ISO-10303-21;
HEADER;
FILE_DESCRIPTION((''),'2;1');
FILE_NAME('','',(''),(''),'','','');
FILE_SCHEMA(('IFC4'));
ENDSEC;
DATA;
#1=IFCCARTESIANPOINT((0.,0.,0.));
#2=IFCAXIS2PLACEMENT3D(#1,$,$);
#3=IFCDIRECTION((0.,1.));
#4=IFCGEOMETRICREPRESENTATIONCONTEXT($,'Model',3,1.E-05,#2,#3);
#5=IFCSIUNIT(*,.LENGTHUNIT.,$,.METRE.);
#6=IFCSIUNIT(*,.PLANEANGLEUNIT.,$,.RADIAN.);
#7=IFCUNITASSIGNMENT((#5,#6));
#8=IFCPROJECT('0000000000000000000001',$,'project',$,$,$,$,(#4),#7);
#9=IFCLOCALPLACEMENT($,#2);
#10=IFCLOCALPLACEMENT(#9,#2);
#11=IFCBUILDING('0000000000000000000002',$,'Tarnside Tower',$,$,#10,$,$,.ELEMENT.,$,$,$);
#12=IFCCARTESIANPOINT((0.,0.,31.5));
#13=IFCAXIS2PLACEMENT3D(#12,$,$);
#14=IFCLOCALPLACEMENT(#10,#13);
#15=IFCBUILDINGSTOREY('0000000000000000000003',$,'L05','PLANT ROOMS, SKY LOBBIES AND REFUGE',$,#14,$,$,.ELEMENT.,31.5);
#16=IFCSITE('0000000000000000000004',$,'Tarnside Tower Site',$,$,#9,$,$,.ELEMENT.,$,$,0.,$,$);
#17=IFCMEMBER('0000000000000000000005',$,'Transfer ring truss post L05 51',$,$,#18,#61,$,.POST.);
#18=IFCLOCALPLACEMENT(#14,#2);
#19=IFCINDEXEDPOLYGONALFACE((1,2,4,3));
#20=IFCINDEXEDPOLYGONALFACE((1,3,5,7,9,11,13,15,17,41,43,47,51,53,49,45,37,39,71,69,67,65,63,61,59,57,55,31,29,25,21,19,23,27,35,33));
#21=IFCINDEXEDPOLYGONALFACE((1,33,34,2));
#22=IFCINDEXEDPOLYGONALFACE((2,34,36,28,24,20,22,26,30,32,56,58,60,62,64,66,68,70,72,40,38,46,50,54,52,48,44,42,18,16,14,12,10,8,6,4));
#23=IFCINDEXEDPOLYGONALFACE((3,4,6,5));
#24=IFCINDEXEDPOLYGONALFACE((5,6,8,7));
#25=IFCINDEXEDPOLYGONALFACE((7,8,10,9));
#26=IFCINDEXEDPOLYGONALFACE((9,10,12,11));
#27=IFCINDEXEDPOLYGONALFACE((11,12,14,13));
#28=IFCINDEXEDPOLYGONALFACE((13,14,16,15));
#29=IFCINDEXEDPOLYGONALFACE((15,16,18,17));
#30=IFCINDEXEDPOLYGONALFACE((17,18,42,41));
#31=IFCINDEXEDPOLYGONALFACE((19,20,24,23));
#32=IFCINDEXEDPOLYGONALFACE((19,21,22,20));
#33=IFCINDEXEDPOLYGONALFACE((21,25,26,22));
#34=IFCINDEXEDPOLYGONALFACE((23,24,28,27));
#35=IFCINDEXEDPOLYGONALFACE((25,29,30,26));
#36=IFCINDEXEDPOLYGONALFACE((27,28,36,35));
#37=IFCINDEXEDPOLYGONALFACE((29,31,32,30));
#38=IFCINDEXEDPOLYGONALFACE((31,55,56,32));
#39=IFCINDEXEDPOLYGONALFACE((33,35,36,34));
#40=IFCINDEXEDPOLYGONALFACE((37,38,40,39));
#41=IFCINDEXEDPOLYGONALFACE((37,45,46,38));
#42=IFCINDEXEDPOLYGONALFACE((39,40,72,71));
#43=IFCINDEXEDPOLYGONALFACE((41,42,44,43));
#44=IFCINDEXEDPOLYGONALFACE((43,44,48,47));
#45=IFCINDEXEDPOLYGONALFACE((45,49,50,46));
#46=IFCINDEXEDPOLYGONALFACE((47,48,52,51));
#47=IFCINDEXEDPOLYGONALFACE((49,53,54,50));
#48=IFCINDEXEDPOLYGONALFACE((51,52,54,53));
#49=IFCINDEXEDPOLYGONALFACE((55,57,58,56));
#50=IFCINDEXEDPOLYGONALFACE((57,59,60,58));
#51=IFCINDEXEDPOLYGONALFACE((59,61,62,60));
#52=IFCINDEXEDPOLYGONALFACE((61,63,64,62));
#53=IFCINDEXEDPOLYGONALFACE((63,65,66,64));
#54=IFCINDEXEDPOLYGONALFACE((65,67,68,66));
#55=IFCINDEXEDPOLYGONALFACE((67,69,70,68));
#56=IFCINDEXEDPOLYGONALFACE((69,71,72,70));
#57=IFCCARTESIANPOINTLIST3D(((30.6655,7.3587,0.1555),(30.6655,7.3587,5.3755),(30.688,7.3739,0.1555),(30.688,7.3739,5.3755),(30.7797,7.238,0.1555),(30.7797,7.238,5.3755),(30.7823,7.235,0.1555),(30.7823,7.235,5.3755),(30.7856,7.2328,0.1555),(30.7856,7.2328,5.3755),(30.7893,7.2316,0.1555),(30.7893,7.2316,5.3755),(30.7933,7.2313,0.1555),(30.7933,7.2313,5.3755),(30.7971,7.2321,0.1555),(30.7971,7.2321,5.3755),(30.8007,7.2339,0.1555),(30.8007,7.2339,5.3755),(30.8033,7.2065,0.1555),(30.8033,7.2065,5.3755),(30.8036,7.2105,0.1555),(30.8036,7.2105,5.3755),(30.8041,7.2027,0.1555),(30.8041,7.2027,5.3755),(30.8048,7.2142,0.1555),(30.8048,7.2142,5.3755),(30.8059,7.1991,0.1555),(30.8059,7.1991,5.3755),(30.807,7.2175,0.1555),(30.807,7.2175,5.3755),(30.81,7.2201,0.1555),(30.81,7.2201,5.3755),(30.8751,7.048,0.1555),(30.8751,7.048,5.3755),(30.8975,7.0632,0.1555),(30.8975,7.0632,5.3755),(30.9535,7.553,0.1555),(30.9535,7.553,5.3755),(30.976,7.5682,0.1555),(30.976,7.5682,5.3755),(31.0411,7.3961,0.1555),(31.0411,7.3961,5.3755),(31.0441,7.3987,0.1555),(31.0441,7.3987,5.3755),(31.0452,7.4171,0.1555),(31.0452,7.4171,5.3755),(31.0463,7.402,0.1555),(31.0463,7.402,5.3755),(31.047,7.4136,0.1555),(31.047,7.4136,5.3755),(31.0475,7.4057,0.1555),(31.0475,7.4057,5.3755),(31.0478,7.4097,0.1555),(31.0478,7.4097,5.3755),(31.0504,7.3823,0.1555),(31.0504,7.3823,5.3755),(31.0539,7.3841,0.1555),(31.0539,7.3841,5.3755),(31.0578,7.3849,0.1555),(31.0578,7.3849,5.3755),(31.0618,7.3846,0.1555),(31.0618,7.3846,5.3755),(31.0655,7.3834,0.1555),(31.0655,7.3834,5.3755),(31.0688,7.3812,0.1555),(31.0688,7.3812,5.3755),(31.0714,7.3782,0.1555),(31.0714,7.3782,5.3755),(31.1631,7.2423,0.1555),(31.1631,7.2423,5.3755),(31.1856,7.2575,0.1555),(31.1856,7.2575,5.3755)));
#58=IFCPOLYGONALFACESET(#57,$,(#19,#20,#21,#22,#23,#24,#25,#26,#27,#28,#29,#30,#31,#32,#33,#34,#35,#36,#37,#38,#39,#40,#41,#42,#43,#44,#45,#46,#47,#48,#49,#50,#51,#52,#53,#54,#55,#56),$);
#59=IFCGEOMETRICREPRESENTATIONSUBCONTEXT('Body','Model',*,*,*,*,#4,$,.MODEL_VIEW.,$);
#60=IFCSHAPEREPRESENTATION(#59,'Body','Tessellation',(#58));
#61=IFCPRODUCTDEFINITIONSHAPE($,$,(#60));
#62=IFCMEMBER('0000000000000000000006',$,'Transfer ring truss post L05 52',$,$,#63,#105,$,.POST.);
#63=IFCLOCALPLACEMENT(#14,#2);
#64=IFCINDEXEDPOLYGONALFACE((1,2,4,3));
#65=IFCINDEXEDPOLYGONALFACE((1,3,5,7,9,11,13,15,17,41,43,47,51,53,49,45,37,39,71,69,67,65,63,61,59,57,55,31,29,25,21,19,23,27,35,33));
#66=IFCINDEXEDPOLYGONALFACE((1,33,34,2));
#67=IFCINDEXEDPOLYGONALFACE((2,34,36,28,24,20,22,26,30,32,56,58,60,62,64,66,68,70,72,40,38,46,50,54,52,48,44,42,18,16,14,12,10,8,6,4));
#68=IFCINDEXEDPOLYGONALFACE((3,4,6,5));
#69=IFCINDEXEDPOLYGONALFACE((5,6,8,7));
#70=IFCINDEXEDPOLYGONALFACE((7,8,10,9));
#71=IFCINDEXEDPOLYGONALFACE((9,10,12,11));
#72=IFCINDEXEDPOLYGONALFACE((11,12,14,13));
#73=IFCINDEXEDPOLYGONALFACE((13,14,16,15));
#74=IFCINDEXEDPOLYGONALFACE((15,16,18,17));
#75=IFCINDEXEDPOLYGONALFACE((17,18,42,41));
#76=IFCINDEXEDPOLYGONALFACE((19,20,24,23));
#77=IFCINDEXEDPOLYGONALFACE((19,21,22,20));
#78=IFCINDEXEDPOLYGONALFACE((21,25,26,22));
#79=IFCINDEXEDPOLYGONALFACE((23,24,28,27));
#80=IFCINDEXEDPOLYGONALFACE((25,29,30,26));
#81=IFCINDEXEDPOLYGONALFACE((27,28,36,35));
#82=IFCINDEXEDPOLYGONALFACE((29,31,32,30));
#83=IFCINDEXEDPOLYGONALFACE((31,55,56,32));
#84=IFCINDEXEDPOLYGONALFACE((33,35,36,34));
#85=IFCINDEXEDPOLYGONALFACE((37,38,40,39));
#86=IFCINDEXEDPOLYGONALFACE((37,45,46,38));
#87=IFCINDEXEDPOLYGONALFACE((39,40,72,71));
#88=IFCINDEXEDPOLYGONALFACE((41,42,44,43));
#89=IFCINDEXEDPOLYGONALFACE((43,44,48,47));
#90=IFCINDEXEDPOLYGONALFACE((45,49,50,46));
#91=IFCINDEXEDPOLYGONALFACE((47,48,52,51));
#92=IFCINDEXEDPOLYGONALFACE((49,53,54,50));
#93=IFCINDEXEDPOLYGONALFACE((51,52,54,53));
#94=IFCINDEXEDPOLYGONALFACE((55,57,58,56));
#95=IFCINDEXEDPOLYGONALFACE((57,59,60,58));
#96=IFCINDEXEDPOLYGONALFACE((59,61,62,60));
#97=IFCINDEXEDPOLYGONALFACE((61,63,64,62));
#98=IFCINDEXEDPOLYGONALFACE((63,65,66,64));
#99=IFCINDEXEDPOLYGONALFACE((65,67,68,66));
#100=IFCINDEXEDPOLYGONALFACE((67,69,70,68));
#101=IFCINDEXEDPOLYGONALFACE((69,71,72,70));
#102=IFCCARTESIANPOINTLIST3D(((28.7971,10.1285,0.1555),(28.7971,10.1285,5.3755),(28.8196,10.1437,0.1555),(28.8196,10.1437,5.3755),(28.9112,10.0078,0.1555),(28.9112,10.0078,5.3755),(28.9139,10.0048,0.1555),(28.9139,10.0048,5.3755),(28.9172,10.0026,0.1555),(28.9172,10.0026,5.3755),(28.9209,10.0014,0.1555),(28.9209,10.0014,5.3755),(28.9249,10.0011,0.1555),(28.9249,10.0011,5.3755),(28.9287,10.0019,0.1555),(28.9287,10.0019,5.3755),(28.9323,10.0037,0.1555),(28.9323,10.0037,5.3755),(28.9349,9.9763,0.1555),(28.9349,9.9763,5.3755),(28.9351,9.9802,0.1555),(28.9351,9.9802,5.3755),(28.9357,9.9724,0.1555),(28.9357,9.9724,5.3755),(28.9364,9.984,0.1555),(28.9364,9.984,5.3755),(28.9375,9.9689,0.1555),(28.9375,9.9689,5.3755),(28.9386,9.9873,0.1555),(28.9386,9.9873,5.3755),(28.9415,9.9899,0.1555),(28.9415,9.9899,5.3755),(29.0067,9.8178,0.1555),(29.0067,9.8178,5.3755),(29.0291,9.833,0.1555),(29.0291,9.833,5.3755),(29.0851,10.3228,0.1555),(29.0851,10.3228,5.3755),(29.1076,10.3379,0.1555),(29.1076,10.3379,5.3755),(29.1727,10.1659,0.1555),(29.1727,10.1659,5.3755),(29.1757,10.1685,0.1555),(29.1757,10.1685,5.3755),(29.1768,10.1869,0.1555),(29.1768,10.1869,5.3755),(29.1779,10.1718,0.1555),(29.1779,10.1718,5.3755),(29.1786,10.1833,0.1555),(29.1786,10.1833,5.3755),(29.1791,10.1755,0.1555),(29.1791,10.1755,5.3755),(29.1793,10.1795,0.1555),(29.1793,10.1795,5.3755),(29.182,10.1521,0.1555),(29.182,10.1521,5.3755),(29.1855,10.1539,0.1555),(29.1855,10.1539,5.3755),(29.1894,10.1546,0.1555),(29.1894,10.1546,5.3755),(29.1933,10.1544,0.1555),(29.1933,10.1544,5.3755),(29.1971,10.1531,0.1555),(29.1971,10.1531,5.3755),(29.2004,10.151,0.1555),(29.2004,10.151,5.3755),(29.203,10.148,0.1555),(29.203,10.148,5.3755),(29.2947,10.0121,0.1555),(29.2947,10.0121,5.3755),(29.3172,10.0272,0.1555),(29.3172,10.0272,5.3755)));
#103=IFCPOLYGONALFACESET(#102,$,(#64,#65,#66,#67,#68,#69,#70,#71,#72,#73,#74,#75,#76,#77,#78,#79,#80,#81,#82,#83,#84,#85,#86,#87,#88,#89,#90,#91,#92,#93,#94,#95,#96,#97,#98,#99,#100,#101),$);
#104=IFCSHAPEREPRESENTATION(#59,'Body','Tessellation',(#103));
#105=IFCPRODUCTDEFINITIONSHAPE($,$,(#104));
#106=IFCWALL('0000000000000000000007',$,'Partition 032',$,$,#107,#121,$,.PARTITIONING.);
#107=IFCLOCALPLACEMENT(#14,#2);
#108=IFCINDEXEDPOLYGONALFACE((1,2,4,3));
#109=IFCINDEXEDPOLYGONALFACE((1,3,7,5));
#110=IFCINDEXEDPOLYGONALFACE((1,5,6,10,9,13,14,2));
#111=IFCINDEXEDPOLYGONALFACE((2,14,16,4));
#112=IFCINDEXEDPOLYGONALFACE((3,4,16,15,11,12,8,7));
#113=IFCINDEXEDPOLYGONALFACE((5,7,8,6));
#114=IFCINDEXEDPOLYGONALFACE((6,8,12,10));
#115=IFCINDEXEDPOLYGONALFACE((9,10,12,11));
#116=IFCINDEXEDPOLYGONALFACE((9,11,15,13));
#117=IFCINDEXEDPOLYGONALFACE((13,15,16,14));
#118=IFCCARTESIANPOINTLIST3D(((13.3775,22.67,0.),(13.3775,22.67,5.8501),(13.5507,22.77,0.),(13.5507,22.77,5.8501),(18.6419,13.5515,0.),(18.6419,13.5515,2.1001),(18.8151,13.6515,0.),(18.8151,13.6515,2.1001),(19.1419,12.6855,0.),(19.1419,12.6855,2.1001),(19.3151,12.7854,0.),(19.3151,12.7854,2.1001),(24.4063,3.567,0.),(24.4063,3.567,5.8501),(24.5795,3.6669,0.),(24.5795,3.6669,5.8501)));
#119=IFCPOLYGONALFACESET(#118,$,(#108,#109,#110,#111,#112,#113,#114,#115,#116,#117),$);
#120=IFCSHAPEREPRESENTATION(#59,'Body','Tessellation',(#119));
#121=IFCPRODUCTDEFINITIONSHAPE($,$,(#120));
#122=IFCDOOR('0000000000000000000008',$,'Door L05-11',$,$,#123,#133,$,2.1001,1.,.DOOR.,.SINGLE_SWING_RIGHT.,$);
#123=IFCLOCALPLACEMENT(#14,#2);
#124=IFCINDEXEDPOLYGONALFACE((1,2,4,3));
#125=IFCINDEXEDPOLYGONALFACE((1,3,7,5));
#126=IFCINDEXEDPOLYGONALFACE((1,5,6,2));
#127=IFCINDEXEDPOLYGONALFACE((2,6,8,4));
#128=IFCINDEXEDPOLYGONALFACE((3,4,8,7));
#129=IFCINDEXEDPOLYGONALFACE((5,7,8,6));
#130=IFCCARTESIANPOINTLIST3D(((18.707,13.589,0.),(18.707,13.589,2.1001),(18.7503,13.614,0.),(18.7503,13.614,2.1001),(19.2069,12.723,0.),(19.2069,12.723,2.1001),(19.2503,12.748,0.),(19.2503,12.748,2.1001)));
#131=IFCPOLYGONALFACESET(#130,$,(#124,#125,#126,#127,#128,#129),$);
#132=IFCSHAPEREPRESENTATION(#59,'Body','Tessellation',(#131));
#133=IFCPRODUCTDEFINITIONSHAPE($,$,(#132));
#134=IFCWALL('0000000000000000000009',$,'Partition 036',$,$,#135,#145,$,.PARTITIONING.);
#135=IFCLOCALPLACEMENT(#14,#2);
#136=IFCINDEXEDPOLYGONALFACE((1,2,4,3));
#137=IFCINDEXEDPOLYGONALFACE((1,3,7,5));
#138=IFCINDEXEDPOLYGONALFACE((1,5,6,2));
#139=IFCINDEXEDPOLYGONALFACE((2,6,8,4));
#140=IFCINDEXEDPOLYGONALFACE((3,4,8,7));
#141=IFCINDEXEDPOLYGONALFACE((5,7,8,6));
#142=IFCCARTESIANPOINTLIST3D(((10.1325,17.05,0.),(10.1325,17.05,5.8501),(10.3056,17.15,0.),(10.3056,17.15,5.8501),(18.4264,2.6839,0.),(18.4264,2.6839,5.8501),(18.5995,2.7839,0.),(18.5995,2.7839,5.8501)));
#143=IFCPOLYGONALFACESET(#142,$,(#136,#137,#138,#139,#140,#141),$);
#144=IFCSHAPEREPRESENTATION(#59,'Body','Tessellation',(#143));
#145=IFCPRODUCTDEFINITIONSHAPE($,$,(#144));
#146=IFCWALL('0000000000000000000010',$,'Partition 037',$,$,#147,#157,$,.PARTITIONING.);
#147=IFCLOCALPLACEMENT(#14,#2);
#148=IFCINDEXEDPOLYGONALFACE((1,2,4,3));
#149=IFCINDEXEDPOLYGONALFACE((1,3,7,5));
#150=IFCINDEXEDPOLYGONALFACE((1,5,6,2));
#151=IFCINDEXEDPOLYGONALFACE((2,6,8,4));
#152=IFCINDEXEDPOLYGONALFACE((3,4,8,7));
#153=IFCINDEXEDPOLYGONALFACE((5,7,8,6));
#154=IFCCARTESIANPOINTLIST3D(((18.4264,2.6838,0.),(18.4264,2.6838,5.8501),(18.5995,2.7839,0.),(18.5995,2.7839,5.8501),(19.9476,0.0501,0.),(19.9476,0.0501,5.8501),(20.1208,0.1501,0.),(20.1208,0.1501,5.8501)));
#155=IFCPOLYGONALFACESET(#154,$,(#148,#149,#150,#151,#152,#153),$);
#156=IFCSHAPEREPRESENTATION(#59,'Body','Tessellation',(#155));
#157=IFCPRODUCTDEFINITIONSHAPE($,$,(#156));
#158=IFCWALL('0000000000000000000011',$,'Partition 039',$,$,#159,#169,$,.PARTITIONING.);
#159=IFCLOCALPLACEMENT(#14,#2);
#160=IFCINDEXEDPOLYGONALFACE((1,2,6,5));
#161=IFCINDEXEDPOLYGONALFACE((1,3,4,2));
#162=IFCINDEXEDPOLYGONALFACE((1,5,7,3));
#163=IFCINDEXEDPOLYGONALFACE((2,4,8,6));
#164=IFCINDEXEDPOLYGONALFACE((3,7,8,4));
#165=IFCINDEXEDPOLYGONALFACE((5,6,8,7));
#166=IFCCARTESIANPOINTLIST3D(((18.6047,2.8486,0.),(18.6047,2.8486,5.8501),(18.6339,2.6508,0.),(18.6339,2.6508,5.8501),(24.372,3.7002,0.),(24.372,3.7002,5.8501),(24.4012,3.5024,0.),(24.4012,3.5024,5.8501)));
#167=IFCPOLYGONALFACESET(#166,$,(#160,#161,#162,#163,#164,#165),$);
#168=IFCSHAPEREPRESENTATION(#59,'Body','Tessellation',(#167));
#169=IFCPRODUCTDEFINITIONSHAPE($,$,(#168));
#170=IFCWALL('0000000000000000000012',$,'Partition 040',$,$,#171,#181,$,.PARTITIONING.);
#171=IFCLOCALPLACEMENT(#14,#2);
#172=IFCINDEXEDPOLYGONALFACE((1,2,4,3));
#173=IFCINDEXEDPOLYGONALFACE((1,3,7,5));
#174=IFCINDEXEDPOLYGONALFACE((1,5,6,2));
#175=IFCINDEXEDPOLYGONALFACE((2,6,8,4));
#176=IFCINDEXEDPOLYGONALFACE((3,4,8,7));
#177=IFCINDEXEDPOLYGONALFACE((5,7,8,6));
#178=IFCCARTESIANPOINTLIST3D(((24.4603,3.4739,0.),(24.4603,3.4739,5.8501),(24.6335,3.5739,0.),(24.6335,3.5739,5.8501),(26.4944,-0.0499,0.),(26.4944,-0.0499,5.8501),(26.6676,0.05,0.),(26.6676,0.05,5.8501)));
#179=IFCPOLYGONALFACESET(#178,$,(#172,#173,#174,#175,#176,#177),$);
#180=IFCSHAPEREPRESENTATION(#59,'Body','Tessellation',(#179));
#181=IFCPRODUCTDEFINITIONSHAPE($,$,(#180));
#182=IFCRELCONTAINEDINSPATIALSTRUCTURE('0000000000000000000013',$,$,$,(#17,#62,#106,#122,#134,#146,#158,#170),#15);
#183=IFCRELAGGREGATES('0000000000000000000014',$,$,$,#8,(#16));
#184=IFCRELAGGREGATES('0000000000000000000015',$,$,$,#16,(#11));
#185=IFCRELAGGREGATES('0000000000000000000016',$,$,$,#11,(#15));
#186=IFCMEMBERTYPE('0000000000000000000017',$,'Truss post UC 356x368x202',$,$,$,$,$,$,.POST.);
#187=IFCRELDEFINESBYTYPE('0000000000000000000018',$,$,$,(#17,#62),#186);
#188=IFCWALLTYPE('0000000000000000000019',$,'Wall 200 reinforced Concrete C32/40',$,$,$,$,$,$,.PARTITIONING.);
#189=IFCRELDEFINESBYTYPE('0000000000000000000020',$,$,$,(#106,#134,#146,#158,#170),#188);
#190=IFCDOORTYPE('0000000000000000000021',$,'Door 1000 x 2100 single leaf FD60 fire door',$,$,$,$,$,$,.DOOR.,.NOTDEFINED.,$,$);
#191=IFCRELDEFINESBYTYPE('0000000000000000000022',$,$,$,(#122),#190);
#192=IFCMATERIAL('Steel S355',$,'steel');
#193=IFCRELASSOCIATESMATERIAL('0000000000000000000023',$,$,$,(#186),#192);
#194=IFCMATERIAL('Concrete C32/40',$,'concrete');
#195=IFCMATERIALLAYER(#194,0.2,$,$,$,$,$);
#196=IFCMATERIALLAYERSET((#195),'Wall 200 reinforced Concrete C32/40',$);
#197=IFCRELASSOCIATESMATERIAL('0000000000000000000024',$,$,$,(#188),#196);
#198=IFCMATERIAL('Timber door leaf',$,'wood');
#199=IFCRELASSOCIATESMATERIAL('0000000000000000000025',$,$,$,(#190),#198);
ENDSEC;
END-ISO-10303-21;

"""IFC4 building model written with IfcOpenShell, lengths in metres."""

from ifc_helpers import new_model, si_unit, direction, frame, frame_2d, origin, origin_2d, place, context, subcontext, project, spatial, rectangle, i_section, extrude, material, layer, layer_set, material_profile, profile_set, type_object, element, fill, save


model = new_model("IFC4")

# Units and contexts
model_context = context("Model", 3, precision=1e-05, world=origin(), true_north=direction((0.0, 1.0)))
body_context = subcontext(model_context, "Body", "Model", "MODEL_VIEW")
ifc_project = project(units=[si_unit("LENGTHUNIT", "METRE"), si_unit("PLANEANGLEUNIT", "RADIAN")], contexts=[model_context])

# Site, building, storey
site_placement = place(None, origin())
site = spatial("IfcSite", under=ifc_project, at=site_placement, Name="Tarnside Tower Site", CompositionType="ELEMENT", RefElevation=0.0)
building_placement = place(site_placement, origin())
building = spatial("IfcBuilding", under=site, at=building_placement, Name="Tarnside Tower", CompositionType="ELEMENT")
storey_placement = place(building_placement, frame((0.0, 0.0, 31.5)))
storey = spatial("IfcBuildingStorey", under=building, at=storey_placement, Name="L05", Description="PLANT ROOMS, SKY LOBBIES AND REFUGE", CompositionType="ELEMENT", Elevation=31.5)

# Shared definitions
ifc_material_1 = material(Name="Steel S355", Category="steel")

# Members
ifc_material_profile_1 = material_profile(ifc_material_1, i_section(OverallWidth=0.3748, OverallDepth=0.3745, WebThickness=0.0166, FlangeThickness=0.0271, FilletRadius=0.0151, at=origin_2d()), Name="UC 356x368x202")
ifc_profile_set_1 = profile_set([ifc_material_profile_1], Name="Steel S355")
member_type_1 = type_object("IfcMemberType", Name="Truss post UC 356x368x202", PredefinedType="POST", material=ifc_profile_set_1)
for number, where, z_axis, x_axis, name in (
    (1, (30.9255, 7.3081, 0.1555), (0.0, 0.0, 1.0), (-0.559193, 0.829038, 0.0), "Transfer ring truss post L05 51"),
    (2, (29.0571, 10.0779, 0.1555), (0.0, 0.0, 1.0), (-0.559193, 0.829038, 0.0), "Transfer ring truss post L05 52"),
):
    element("IfcMember", number, at=place(storey_placement, frame(where, z_axis=z_axis, x_axis=x_axis)), inside=storey, type_object=member_type_1, Name=name, PredefinedType="POST", context=body_context, shape_type="SweptSolid", body=[
        extrude(i_section(OverallWidth=0.3748, OverallDepth=0.3745, WebThickness=0.0166, FlangeThickness=0.0271, FilletRadius=0.0151, at=origin_2d()), origin(), (0.0, 0.0, 1.0), 5.22),
    ])

# Wall, opening, door
ifc_material_2 = material(Name="Concrete C32/40", Category="concrete")
ifc_layer = layer(ifc_material_2, 0.2)
ifc_layer_set = layer_set([ifc_layer], Name="Wall 200 reinforced Concrete C32/40")
wall_type = type_object("IfcWallType", Name="Wall 200 reinforced Concrete C32/40", PredefinedType="PARTITIONING", material=ifc_layer_set)
wall_1_placement = place(storey_placement, frame((24.4929, 3.6169, 0.0), z_axis=(0.0, 0.0, 1.0), x_axis=(-0.499989, 0.866032, 0.0)))
wall_1 = element("IfcWall", 3, at=wall_1_placement, inside=storey, type_object=wall_type, Name="Partition 032", PredefinedType="PARTITIONING", context=body_context, shape_type="SweptSolid", body=[
    extrude(rectangle(XDim=22.0581, YDim=0.2, at=frame_2d((11.0291, 0.0))), origin(), (0.0, 0.0, 1.0), 5.8501),
])
opening_1_placement = place(wall_1_placement, frame((10.5291, 0.0, 0.0)))
opening_1 = element("IfcOpeningElement", 4, at=opening_1_placement, cuts=wall_1, PredefinedType="OPENING", context=body_context, shape_type="SweptSolid", body=[
    extrude(rectangle(XDim=1.0, YDim=2.1001, at=frame_2d((0.5, 1.05))), frame((0.0, 0.1099, 0.0), z_axis=(0.0, -1.0, 0.0), x_axis=(1.0, 0.0, 0.0)), (0.0, 0.0, 1.0), 0.22),
])
ifc_material_3 = material(Name="Timber door leaf", Category="wood")
door_type = type_object("IfcDoorType", Name="Door 1000 x 2100 single leaf FD60 fire door", OperationType="NOTDEFINED", PredefinedType="DOOR", material=ifc_material_3)
door_1_placement = place(opening_1_placement, origin())
door_1 = element("IfcDoor", 5, at=door_1_placement, inside=storey, type_object=door_type, Name="Door L05-11", OperationType="SINGLE_SWING_RIGHT", OverallHeight=2.1001, OverallWidth=1.0, PredefinedType="DOOR", context=body_context, shape_type="SweptSolid", body=[
    extrude(rectangle(XDim=1.0, YDim=2.1001, at=frame_2d((0.5, 1.05))), frame((0.0, 0.0249, 0.0), z_axis=(0.0, -1.0, 0.0), x_axis=(1.0, 0.0, 0.0)), (0.0, 0.0, 1.0), 0.05),
])
fill(opening_1, door_1)

# Walls
wall_2_placement = place(storey_placement, frame((18.5129, 2.7339, 0.0), z_axis=(0.0, 0.0, 1.0), x_axis=(-0.499982, 0.866036, 0.0)))
element("IfcWall", 6, at=wall_2_placement, inside=storey, type_object=wall_type, Name="Partition 036", PredefinedType="PARTITIONING", context=body_context, shape_type="SweptSolid", body=[
    extrude(rectangle(XDim=16.5884, YDim=0.2, at=frame_2d((8.2942, 0.0))), origin(), (0.0, 0.0, 1.0), 5.8501),
])
wall_3_placement = place(storey_placement, frame((20.0342, 0.1001, 0.0), z_axis=(0.0, 0.0, 1.0), x_axis=(-0.500153, 0.865937, 0.0)))
element("IfcWall", 7, at=wall_3_placement, inside=storey, type_object=wall_type, Name="Partition 037", PredefinedType="PARTITIONING", context=body_context, shape_type="SweptSolid", body=[
    extrude(rectangle(XDim=3.0415, YDim=0.2, at=frame_2d((1.5208, 0.0))), origin(), (0.0, 0.0, 1.0), 5.8501),
])
wall_4_placement = place(storey_placement, frame((24.3867, 3.6013, 0.0), z_axis=(0.0, 0.0, 1.0), x_axis=(-0.989274, -0.146069, 0.0)))
element("IfcWall", 8, at=wall_4_placement, inside=storey, type_object=wall_type, Name="Partition 039", PredefinedType="PARTITIONING", context=body_context, shape_type="SweptSolid", body=[
    extrude(rectangle(XDim=5.8298, YDim=0.2, at=frame_2d((2.915, 0.0))), origin(), (0.0, 0.0, 1.0), 5.8501),
])
wall_5_placement = place(storey_placement, frame((24.5469, 3.5239, 0.0), z_axis=(0.0, 0.0, 1.0), x_axis=(0.499934, -0.866064, 0.0)))
element("IfcWall", 9, at=wall_5_placement, inside=storey, type_object=wall_type, Name="Partition 040", PredefinedType="PARTITIONING", context=body_context, shape_type="SweptSolid", body=[
    extrude(rectangle(XDim=4.0688, YDim=0.2, at=frame_2d((2.0344, 0.0))), origin(), (0.0, 0.0, 1.0), 5.8501),
])

save(model, "model.ifc")
